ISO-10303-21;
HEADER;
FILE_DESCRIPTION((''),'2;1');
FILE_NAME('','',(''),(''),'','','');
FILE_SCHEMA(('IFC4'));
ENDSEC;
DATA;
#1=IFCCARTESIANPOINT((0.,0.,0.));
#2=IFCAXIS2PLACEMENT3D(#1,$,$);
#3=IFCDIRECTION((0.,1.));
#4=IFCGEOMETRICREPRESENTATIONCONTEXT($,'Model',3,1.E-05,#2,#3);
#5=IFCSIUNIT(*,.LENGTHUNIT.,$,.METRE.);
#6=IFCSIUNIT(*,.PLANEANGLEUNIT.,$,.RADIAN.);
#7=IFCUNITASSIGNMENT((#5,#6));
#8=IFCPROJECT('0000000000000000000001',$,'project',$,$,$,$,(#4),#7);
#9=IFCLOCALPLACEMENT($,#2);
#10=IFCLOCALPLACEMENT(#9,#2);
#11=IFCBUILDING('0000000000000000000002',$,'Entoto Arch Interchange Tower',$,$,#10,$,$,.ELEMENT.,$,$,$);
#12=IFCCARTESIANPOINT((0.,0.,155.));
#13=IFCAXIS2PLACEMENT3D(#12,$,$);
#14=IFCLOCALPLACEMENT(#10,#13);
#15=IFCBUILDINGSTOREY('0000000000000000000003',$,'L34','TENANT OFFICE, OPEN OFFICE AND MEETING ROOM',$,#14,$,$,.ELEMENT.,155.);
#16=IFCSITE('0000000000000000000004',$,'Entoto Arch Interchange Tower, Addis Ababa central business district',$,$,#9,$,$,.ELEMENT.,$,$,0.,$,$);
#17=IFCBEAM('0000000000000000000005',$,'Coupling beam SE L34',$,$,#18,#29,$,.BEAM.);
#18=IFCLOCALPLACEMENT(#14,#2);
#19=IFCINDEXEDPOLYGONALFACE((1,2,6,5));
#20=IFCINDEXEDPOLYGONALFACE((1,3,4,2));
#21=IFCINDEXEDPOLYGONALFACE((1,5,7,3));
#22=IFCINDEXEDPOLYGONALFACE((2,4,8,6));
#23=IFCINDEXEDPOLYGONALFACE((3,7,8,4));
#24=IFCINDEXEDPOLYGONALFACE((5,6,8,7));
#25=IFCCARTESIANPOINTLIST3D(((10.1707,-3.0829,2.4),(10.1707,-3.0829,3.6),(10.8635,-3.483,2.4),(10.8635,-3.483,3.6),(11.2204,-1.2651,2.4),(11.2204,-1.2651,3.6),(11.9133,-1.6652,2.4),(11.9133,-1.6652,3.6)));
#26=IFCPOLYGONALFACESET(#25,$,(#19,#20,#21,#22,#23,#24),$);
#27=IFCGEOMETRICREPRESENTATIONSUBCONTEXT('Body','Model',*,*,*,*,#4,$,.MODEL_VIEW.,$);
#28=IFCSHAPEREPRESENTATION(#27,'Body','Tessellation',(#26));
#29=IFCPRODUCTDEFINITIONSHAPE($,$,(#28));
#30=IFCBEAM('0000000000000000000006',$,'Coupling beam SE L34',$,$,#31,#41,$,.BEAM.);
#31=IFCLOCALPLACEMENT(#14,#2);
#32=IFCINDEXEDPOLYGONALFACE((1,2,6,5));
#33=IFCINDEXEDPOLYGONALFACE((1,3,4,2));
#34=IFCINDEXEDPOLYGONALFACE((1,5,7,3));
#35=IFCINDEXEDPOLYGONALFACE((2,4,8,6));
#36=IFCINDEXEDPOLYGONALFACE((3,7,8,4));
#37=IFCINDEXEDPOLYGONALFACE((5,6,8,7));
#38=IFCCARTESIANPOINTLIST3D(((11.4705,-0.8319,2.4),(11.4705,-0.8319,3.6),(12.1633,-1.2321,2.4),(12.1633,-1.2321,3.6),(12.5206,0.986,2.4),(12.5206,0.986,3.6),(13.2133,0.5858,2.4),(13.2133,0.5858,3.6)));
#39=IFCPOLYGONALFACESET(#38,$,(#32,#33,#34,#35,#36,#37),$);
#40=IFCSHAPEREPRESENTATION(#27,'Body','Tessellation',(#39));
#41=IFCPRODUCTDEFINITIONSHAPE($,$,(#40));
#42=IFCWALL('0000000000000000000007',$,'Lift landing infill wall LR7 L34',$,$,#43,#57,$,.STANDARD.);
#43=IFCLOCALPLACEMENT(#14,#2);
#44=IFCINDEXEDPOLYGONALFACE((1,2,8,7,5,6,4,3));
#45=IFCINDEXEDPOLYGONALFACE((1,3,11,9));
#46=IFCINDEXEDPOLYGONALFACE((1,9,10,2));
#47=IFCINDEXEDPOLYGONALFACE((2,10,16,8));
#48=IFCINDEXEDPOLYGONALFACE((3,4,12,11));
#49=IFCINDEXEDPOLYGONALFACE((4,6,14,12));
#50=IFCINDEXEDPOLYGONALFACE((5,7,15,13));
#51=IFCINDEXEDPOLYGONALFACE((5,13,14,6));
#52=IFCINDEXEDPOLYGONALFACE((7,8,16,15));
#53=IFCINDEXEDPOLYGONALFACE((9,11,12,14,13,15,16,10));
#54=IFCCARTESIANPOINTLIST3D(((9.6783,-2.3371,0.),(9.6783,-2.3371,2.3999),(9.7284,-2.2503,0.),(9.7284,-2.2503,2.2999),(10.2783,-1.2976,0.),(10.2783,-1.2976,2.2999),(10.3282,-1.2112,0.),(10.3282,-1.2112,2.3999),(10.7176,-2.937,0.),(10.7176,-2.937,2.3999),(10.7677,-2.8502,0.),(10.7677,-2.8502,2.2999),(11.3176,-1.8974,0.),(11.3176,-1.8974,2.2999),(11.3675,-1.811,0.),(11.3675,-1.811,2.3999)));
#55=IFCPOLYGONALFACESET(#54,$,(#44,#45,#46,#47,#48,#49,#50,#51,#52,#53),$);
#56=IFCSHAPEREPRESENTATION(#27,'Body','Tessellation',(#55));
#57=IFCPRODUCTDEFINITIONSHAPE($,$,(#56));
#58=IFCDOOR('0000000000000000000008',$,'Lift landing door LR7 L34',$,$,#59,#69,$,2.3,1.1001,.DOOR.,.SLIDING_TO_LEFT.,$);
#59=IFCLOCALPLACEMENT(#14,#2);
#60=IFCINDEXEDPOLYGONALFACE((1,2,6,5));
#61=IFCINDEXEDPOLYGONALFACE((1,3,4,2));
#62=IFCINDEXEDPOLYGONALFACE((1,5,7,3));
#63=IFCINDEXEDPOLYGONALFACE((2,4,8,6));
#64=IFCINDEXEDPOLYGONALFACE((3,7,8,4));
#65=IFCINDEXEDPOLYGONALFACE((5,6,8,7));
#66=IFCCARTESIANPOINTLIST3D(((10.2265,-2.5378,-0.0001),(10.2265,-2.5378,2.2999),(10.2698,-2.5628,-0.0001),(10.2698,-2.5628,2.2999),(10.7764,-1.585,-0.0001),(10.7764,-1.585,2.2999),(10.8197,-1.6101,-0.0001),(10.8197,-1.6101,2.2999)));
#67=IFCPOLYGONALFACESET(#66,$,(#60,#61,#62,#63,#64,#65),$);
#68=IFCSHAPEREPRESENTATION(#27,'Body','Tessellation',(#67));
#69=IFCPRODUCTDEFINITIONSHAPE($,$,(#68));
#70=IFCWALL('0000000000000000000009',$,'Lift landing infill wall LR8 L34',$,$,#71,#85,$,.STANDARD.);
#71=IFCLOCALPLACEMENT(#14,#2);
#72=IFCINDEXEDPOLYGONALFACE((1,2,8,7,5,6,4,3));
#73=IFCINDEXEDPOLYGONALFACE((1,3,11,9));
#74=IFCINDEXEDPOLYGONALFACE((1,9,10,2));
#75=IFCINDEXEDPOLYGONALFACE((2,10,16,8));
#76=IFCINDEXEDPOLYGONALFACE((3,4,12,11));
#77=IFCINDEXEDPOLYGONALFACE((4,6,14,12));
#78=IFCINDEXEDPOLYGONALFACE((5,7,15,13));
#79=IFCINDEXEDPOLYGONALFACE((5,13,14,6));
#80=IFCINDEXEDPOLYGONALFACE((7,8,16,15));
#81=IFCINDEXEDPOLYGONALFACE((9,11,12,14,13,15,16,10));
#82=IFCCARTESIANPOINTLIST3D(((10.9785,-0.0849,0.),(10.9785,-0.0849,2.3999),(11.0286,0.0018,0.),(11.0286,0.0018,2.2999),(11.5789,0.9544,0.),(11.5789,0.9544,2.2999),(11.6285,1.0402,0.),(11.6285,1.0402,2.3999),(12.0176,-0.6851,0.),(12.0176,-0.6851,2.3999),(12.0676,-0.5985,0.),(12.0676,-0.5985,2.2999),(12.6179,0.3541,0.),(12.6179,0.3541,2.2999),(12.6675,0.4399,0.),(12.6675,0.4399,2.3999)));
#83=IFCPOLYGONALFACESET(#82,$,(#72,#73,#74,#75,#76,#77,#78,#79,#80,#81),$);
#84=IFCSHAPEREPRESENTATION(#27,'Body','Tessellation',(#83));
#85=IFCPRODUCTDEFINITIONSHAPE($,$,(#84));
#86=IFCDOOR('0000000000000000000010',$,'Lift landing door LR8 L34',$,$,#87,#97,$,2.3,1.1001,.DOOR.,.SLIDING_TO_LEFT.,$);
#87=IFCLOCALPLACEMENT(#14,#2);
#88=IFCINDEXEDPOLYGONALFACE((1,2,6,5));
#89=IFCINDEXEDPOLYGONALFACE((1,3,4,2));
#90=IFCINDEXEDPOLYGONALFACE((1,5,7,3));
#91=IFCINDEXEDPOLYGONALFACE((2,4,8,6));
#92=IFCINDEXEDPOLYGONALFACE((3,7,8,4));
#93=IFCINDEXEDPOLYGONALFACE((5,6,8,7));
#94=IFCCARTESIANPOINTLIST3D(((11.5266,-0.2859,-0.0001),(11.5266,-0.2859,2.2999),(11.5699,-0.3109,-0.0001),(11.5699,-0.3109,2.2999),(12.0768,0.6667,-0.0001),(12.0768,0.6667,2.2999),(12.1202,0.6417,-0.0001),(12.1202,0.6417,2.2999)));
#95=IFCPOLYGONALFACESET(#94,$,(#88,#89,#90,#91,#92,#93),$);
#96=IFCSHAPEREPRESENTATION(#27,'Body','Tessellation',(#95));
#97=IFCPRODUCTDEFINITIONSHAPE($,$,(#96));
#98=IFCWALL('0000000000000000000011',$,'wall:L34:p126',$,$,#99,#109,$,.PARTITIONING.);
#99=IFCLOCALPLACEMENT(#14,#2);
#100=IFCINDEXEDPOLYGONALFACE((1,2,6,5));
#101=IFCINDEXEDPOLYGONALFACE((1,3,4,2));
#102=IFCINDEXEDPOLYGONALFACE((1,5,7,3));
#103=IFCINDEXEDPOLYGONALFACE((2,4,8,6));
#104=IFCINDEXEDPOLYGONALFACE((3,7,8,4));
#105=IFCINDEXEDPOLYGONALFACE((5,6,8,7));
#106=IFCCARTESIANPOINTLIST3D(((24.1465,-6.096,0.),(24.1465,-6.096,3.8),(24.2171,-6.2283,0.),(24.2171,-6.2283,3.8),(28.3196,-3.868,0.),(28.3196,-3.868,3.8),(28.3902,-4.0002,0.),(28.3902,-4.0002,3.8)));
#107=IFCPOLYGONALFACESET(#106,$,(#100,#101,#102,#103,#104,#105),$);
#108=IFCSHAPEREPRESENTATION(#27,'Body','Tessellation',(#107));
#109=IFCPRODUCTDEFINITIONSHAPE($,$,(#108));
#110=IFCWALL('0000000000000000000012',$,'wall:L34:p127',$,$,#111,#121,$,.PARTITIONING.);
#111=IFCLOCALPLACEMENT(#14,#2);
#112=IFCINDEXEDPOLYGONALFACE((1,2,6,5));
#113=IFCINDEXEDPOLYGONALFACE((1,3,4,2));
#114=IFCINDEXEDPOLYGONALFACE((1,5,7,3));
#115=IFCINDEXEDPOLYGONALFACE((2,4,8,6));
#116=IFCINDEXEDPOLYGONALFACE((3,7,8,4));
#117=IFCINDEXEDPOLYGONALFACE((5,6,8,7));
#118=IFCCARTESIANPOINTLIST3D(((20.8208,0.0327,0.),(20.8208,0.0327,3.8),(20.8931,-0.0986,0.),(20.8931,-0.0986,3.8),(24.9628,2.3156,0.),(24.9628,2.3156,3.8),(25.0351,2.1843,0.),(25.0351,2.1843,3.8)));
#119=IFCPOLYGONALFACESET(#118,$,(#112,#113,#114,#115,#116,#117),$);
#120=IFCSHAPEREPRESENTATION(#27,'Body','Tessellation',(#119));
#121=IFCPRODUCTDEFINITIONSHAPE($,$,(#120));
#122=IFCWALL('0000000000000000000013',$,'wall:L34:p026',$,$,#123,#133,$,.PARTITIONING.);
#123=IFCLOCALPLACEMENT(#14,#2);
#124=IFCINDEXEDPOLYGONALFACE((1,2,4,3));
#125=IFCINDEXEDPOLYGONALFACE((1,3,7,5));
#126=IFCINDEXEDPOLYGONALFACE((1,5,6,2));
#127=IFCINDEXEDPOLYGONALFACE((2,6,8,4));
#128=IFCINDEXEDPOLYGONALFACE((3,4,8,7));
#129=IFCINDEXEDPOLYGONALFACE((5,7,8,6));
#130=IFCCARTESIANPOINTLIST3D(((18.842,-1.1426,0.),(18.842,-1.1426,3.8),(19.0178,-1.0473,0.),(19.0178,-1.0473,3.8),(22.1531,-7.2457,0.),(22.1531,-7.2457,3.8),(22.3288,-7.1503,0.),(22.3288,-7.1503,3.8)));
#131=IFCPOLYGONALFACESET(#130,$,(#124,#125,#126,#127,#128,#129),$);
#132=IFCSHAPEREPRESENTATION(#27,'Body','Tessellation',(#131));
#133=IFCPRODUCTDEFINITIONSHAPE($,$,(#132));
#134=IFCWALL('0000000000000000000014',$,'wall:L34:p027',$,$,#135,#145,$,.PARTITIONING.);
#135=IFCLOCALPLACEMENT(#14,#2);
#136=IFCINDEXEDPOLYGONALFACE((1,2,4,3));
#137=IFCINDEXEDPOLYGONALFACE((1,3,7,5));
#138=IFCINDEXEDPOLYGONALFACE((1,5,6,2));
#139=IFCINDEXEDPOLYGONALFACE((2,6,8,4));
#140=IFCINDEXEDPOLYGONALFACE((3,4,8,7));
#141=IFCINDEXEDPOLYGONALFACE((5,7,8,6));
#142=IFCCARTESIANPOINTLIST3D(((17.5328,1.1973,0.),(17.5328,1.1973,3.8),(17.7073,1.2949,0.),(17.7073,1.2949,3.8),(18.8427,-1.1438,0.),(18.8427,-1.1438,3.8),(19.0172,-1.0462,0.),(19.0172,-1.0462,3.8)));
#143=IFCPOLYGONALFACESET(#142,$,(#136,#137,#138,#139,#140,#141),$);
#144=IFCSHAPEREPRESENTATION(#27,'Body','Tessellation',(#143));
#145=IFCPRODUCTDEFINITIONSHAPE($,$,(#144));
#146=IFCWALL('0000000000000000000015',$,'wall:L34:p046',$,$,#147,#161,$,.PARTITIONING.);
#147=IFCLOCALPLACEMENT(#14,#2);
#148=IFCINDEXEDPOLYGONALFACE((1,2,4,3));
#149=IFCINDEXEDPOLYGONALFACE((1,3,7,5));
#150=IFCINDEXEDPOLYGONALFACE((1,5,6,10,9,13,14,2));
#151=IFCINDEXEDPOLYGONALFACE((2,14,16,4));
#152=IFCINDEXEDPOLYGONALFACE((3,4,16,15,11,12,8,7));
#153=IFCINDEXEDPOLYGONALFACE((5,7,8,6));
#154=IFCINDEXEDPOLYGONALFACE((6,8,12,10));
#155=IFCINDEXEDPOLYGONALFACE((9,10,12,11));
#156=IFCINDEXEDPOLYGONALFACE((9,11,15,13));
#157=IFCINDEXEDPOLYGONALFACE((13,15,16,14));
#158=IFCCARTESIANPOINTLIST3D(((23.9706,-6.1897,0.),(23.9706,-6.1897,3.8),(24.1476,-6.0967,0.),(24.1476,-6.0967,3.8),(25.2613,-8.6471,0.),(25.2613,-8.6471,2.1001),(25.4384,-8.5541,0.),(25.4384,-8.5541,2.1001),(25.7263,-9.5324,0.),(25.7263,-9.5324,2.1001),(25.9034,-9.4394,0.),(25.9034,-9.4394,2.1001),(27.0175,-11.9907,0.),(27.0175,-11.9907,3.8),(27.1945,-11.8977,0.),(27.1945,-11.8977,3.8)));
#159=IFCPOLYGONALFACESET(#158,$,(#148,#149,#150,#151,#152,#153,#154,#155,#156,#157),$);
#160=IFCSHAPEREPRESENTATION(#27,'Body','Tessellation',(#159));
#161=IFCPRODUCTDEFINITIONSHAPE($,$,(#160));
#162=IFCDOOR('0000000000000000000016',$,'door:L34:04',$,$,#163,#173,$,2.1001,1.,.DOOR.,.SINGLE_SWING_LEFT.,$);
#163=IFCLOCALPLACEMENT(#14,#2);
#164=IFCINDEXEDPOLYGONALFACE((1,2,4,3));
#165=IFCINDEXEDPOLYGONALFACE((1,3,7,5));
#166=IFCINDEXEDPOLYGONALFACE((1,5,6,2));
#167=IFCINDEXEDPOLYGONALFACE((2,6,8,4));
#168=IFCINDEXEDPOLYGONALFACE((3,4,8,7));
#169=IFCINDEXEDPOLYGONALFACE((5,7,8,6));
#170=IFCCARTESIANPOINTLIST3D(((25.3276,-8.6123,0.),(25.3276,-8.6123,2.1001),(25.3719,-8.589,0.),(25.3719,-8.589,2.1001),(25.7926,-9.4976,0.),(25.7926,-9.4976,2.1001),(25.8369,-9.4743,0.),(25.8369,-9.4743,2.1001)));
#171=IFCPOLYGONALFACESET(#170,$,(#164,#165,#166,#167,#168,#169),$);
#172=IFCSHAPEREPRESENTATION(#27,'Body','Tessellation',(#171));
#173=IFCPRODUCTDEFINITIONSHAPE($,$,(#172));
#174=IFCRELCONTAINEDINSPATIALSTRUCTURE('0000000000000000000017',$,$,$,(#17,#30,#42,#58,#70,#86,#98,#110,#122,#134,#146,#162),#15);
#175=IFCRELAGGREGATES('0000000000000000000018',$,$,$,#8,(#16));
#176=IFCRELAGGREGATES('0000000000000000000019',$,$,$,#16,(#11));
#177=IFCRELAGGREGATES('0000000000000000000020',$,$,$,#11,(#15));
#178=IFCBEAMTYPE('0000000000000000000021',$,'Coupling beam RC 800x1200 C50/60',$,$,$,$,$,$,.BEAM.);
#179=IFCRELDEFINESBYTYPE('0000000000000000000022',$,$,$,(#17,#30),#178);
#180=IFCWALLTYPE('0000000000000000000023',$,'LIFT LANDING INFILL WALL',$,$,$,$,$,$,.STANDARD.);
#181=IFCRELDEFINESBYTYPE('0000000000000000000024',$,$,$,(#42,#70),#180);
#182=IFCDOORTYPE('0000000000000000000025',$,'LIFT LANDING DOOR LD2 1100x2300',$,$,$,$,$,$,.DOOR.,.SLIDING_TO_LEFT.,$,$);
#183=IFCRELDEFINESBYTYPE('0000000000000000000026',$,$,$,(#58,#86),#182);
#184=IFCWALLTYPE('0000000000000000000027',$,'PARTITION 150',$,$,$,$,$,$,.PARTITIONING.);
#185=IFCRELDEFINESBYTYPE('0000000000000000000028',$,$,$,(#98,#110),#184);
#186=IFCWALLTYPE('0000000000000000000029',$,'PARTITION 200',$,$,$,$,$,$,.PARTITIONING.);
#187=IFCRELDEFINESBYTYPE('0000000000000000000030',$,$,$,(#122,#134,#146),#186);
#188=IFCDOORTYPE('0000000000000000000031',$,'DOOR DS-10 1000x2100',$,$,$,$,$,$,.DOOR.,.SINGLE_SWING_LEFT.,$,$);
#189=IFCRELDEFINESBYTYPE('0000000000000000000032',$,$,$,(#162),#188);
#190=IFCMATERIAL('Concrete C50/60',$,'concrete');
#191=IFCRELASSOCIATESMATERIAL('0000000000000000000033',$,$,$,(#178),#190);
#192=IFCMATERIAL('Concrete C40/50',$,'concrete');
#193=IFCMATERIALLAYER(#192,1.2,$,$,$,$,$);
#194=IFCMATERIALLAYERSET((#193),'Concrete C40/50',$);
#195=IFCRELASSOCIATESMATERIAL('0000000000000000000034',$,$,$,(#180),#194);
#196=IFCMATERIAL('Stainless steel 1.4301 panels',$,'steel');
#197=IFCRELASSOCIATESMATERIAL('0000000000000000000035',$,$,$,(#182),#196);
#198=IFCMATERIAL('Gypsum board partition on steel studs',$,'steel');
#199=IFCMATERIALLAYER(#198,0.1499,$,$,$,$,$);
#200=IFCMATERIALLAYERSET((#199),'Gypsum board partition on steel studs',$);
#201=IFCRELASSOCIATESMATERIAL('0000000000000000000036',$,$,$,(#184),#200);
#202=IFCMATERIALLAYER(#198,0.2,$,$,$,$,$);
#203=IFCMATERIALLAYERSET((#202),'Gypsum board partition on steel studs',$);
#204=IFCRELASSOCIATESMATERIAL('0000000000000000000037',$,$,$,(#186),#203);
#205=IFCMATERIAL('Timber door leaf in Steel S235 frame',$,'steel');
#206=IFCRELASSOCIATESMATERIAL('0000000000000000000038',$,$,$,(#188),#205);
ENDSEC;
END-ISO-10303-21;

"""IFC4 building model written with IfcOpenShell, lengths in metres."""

from ifc_helpers import new_model, si_unit, direction, frame, frame_2d, origin, origin_2d, place, context, subcontext, project, spatial, rectangle, extrude, material, layer, layer_set, material_profile, profile_set, type_object, element, fill, save


model = new_model("IFC4")

# Units and contexts
model_context = context("Model", 3, precision=1e-05, world=origin(), true_north=direction((0.0, 1.0)))
body_context = subcontext(model_context, "Body", "Model", "MODEL_VIEW")
ifc_project = project(units=[si_unit("LENGTHUNIT", "METRE"), si_unit("PLANEANGLEUNIT", "RADIAN")], contexts=[model_context])

# Site, building, storey
site_placement = place(None, origin())
site = spatial("IfcSite", under=ifc_project, at=site_placement, Name="Entoto Arch Interchange Tower, Addis Ababa central business district", CompositionType="ELEMENT", RefElevation=0.0)
building_placement = place(site_placement, origin())
building = spatial("IfcBuilding", under=site, at=building_placement, Name="Entoto Arch Interchange Tower", CompositionType="ELEMENT")
storey_placement = place(building_placement, frame((0.0, 0.0, 155.0)))
storey = spatial("IfcBuildingStorey", under=building, at=storey_placement, Name="L34", Description="TENANT OFFICE, OPEN OFFICE AND MEETING ROOM", CompositionType="ELEMENT", Elevation=155.0)

# Beams
ifc_material_1 = material(Name="Concrete C50/60", Category="concrete")
ifc_material_profile = material_profile(ifc_material_1, rectangle(XDim=0.8, YDim=1.2, at=origin_2d()))
ifc_profile_set = profile_set([ifc_material_profile], Name="Concrete C50/60")
beam_type = type_object("IfcBeamType", Name="Coupling beam RC 800x1200 C50/60", PredefinedType="BEAM", material=ifc_profile_set)
beam_1_placement = place(storey_placement, frame((10.5171, -3.283, 3.0), z_axis=(0.500092, 0.865973, 0.0), x_axis=(-0.865973, 0.500092, 0.0)))
element("IfcBeam", 1, at=beam_1_placement, inside=storey, type_object=beam_type, Name="Coupling beam SE L34", PredefinedType="BEAM", context=body_context, shape_type="SweptSolid", body=[
    extrude(rectangle(XDim=0.8, YDim=1.2, at=origin_2d()), origin(), (0.0, 0.0, 1.0), 2.0991),
])
beam_2_placement = place(storey_placement, frame((11.8169, -1.032, 3.0), z_axis=(0.500179, 0.865922, 0.0), x_axis=(-0.865922, 0.500179, 0.0)))
element("IfcBeam", 2, at=beam_2_placement, inside=storey, type_object=beam_type, Name="Coupling beam SE L34", PredefinedType="BEAM", context=body_context, shape_type="SweptSolid", body=[
    extrude(rectangle(XDim=0.8, YDim=1.2, at=origin_2d()), origin(), (0.0, 0.0, 1.0), 2.0994),
])

# Walls, openings, doors
ifc_material_2 = material(Name="Concrete C40/50", Category="concrete")
ifc_layer_1 = layer(ifc_material_2, 1.2)
ifc_layer_set_1 = layer_set([ifc_layer_1], Name="Concrete C40/50")
wall_type_1 = type_object("IfcWallType", Name="LIFT LANDING INFILL WALL", PredefinedType="STANDARD", material=ifc_layer_set_1)
wall_1_placement = place(storey_placement, frame((10.198, -2.637, 0.0), z_axis=(0.0, 0.0, 1.0), x_axis=(0.499896, 0.866086, 0.0)))
wall_1 = element("IfcWall", 3, at=wall_1_placement, inside=storey, type_object=wall_type_1, Name="Lift landing infill wall LR7 L34", PredefinedType="STANDARD", context=body_context, shape_type="SweptSolid", body=[
    extrude(rectangle(XDim=1.3, YDim=1.2, at=frame_2d((0.6499, 0.0))), origin(), (0.0, 0.0, 1.0), 2.3999),
])
opening_1_placement = place(wall_1_placement, frame((0.1001, 0.0, 0.0)))
opening_1 = element("IfcOpeningElement", 4, at=opening_1_placement, cuts=wall_1, PredefinedType="OPENING", context=body_context, shape_type="SweptSolid", body=[
    extrude(rectangle(XDim=1.1001, YDim=2.3, at=frame_2d((0.55, 1.1499))), frame((0.0, 0.6099, 0.0), z_axis=(0.0, -1.0, 0.0), x_axis=(1.0, 0.0, 0.0)), (0.0, 0.0, 1.0), 1.22),
])
ifc_material_3 = material(Name="Stainless steel 1.4301 panels", Category="steel")
door_type_1 = type_object("IfcDoorType", Name="LIFT LANDING DOOR LD2 1100x2300", OperationType="SLIDING_TO_LEFT", PredefinedType="DOOR", material=ifc_material_3)
door_1_placement = place(opening_1_placement, origin())
door_1 = element("IfcDoor", 5, at=door_1_placement, inside=storey, type_object=door_type_1, Name="Lift landing door LR7 L34", OperationType="SLIDING_TO_LEFT", OverallHeight=2.3, OverallWidth=1.1001, PredefinedType="DOOR", context=body_context, shape_type="SweptSolid", body=[
    extrude(rectangle(XDim=1.1001, YDim=2.3, at=frame_2d((0.55, 1.1499))), frame((0.0, 0.0249, 0.0), z_axis=(0.0, -1.0, 0.0), x_axis=(1.0, 0.0, 0.0)), (0.0, 0.0, 1.0), 0.05),
])
fill(opening_1, door_1)
wall_2_placement = place(storey_placement, frame((11.498, -0.385, 0.0), z_axis=(0.0, 0.0, 1.0), x_axis=(0.500221, 0.865898, 0.0)))
wall_2 = element("IfcWall", 6, at=wall_2_placement, inside=storey, type_object=wall_type_1, Name="Lift landing infill wall LR8 L34", PredefinedType="STANDARD", context=body_context, shape_type="SweptSolid", body=[
    extrude(rectangle(XDim=1.2993, YDim=1.2, at=frame_2d((0.6497, 0.0))), origin(), (0.0, 0.0, 1.0), 2.3999),
])
opening_2_placement = place(wall_2_placement, frame((0.1001, 0.0, 0.0)))
opening_2 = element("IfcOpeningElement", 7, at=opening_2_placement, cuts=wall_2, PredefinedType="OPENING", context=body_context, shape_type="SweptSolid", body=[
    extrude(rectangle(XDim=1.1001, YDim=2.3, at=frame_2d((0.55, 1.1499))), frame((0.0, 0.6099, 0.0), z_axis=(0.0, -1.0, 0.0), x_axis=(1.0, 0.0, 0.0)), (0.0, 0.0, 1.0), 1.22),
])
door_2_placement = place(opening_2_placement, origin())
door_2 = element("IfcDoor", 8, at=door_2_placement, inside=storey, type_object=door_type_1, Name="Lift landing door LR8 L34", OperationType="SLIDING_TO_LEFT", OverallHeight=2.3, OverallWidth=1.1001, PredefinedType="DOOR", context=body_context, shape_type="SweptSolid", body=[
    extrude(rectangle(XDim=1.1001, YDim=2.3, at=frame_2d((0.55, 1.1499))), frame((0.0, 0.0249, 0.0), z_axis=(0.0, -1.0, 0.0), x_axis=(1.0, 0.0, 0.0)), (0.0, 0.0, 1.0), 0.05),
])
fill(opening_2, door_2)

# Walls
ifc_material_4 = material(Name="Gypsum board partition on steel studs", Category="steel")
ifc_layer_2 = layer(ifc_material_4, 0.1499)
ifc_layer_set_2 = layer_set([ifc_layer_2], Name="Gypsum board partition on steel studs")
wall_type_2 = type_object("IfcWallType", Name="PARTITION 150", PredefinedType="PARTITIONING", material=ifc_layer_set_2)
wall_3_placement = place(storey_placement, frame((24.1819, -6.1621, 0.0), z_axis=(0.0, 0.0, 1.0), x_axis=(0.882144, 0.470979, 0.0)))
element("IfcWall", 9, at=wall_3_placement, inside=storey, type_object=wall_type_2, Name="wall:L34:p126", PredefinedType="PARTITIONING", context=body_context, shape_type="SweptSolid", body=[
    extrude(rectangle(XDim=4.7307, YDim=0.1499, at=frame_2d((2.3652, 0.0))), origin(), (0.0, 0.0, 1.0), 3.8),
])
wall_4_placement = place(storey_placement, frame((20.8569, -0.033, 0.0), z_axis=(0.0, 0.0, 1.0), x_axis=(0.875786, 0.482699, 0.0)))
element("IfcWall", 10, at=wall_4_placement, inside=storey, type_object=wall_type_2, Name="wall:L34:p127", PredefinedType="PARTITIONING", context=body_context, shape_type="SweptSolid", body=[
    extrude(rectangle(XDim=4.7295, YDim=0.1499, at=frame_2d((2.3647, 0.0))), origin(), (0.0, 0.0, 1.0), 3.8),
])
ifc_layer_3 = layer(ifc_material_4, 0.2)
ifc_layer_set_3 = layer_set([ifc_layer_3], Name="Gypsum board partition on steel studs")
wall_type_3 = type_object("IfcWallType", Name="PARTITION 200", PredefinedType="PARTITIONING", material=ifc_layer_set_3)
wall_5_placement = place(storey_placement, frame((22.241, -7.198, 0.0), z_axis=(0.0, 0.0, 1.0), x_axis=(-0.476865, 0.878976, 0.0)))
element("IfcWall", 11, at=wall_5_placement, inside=storey, type_object=wall_type_3, Name="wall:L34:p026", PredefinedType="PARTITIONING", context=body_context, shape_type="SweptSolid", body=[
    extrude(rectangle(XDim=6.9434, YDim=0.2, at=frame_2d((3.4717, 0.0))), origin(), (0.0, 0.0, 1.0), 3.8),
])
wall_6_placement = place(storey_placement, frame((18.9299, -1.095, 0.0), z_axis=(0.0, 0.0, 1.0), x_axis=(-0.488268, 0.872694, 0.0)))
element("IfcWall", 12, at=wall_6_placement, inside=storey, type_object=wall_type_3, Name="wall:L34:p027", PredefinedType="PARTITIONING", context=body_context, shape_type="SweptSolid", body=[
    extrude(rectangle(XDim=2.6826, YDim=0.2, at=frame_2d((1.3413, 0.0))), origin(), (0.0, 0.0, 1.0), 3.8),
])

# Wall, opening, door
wall_7_placement = place(storey_placement, frame((24.0591, -6.1431, 0.0), z_axis=(0.0, 0.0, 1.0), x_axis=(0.464994, -0.885314, 0.0)))
wall_7 = element("IfcWall", 13, at=wall_7_placement, inside=storey, type_object=wall_type_3, Name="wall:L34:p046", PredefinedType="PARTITIONING", context=body_context, shape_type="SweptSolid", body=[
    extrude(rectangle(XDim=6.5525, YDim=0.2, at=frame_2d((3.2764, 0.0))), origin(), (0.0, 0.0, 1.0), 3.8),
])
opening_3_placement = place(wall_7_placement, frame((2.7759, 0.0, 0.0)))
opening_3 = element("IfcOpeningElement", 14, at=opening_3_placement, cuts=wall_7, PredefinedType="OPENING", context=body_context, shape_type="SweptSolid", body=[
    extrude(rectangle(XDim=1.0, YDim=2.1001, at=frame_2d((0.5, 1.05))), frame((0.0, 0.1099, 0.0), z_axis=(0.0, -1.0, 0.0), x_axis=(1.0, 0.0, 0.0)), (0.0, 0.0, 1.0), 0.22),
])
ifc_material_5 = material(Name="Timber door leaf in Steel S235 frame", Category="steel")
door_type_2 = type_object("IfcDoorType", Name="DOOR DS-10 1000x2100", OperationType="SINGLE_SWING_LEFT", PredefinedType="DOOR", material=ifc_material_5)
door_3_placement = place(opening_3_placement, origin())
door_3 = element("IfcDoor", 15, at=door_3_placement, inside=storey, type_object=door_type_2, Name="door:L34:04", OperationType="SINGLE_SWING_LEFT", OverallHeight=2.1001, OverallWidth=1.0, PredefinedType="DOOR", context=body_context, shape_type="SweptSolid", body=[
    extrude(rectangle(XDim=1.0, YDim=2.1001, at=frame_2d((0.5, 1.05))), frame((0.0, 0.0249, 0.0), z_axis=(0.0, -1.0, 0.0), x_axis=(1.0, 0.0, 0.0)), (0.0, 0.0, 1.0), 0.05),
])
fill(opening_3, door_3)

save(model, "model.ifc")
